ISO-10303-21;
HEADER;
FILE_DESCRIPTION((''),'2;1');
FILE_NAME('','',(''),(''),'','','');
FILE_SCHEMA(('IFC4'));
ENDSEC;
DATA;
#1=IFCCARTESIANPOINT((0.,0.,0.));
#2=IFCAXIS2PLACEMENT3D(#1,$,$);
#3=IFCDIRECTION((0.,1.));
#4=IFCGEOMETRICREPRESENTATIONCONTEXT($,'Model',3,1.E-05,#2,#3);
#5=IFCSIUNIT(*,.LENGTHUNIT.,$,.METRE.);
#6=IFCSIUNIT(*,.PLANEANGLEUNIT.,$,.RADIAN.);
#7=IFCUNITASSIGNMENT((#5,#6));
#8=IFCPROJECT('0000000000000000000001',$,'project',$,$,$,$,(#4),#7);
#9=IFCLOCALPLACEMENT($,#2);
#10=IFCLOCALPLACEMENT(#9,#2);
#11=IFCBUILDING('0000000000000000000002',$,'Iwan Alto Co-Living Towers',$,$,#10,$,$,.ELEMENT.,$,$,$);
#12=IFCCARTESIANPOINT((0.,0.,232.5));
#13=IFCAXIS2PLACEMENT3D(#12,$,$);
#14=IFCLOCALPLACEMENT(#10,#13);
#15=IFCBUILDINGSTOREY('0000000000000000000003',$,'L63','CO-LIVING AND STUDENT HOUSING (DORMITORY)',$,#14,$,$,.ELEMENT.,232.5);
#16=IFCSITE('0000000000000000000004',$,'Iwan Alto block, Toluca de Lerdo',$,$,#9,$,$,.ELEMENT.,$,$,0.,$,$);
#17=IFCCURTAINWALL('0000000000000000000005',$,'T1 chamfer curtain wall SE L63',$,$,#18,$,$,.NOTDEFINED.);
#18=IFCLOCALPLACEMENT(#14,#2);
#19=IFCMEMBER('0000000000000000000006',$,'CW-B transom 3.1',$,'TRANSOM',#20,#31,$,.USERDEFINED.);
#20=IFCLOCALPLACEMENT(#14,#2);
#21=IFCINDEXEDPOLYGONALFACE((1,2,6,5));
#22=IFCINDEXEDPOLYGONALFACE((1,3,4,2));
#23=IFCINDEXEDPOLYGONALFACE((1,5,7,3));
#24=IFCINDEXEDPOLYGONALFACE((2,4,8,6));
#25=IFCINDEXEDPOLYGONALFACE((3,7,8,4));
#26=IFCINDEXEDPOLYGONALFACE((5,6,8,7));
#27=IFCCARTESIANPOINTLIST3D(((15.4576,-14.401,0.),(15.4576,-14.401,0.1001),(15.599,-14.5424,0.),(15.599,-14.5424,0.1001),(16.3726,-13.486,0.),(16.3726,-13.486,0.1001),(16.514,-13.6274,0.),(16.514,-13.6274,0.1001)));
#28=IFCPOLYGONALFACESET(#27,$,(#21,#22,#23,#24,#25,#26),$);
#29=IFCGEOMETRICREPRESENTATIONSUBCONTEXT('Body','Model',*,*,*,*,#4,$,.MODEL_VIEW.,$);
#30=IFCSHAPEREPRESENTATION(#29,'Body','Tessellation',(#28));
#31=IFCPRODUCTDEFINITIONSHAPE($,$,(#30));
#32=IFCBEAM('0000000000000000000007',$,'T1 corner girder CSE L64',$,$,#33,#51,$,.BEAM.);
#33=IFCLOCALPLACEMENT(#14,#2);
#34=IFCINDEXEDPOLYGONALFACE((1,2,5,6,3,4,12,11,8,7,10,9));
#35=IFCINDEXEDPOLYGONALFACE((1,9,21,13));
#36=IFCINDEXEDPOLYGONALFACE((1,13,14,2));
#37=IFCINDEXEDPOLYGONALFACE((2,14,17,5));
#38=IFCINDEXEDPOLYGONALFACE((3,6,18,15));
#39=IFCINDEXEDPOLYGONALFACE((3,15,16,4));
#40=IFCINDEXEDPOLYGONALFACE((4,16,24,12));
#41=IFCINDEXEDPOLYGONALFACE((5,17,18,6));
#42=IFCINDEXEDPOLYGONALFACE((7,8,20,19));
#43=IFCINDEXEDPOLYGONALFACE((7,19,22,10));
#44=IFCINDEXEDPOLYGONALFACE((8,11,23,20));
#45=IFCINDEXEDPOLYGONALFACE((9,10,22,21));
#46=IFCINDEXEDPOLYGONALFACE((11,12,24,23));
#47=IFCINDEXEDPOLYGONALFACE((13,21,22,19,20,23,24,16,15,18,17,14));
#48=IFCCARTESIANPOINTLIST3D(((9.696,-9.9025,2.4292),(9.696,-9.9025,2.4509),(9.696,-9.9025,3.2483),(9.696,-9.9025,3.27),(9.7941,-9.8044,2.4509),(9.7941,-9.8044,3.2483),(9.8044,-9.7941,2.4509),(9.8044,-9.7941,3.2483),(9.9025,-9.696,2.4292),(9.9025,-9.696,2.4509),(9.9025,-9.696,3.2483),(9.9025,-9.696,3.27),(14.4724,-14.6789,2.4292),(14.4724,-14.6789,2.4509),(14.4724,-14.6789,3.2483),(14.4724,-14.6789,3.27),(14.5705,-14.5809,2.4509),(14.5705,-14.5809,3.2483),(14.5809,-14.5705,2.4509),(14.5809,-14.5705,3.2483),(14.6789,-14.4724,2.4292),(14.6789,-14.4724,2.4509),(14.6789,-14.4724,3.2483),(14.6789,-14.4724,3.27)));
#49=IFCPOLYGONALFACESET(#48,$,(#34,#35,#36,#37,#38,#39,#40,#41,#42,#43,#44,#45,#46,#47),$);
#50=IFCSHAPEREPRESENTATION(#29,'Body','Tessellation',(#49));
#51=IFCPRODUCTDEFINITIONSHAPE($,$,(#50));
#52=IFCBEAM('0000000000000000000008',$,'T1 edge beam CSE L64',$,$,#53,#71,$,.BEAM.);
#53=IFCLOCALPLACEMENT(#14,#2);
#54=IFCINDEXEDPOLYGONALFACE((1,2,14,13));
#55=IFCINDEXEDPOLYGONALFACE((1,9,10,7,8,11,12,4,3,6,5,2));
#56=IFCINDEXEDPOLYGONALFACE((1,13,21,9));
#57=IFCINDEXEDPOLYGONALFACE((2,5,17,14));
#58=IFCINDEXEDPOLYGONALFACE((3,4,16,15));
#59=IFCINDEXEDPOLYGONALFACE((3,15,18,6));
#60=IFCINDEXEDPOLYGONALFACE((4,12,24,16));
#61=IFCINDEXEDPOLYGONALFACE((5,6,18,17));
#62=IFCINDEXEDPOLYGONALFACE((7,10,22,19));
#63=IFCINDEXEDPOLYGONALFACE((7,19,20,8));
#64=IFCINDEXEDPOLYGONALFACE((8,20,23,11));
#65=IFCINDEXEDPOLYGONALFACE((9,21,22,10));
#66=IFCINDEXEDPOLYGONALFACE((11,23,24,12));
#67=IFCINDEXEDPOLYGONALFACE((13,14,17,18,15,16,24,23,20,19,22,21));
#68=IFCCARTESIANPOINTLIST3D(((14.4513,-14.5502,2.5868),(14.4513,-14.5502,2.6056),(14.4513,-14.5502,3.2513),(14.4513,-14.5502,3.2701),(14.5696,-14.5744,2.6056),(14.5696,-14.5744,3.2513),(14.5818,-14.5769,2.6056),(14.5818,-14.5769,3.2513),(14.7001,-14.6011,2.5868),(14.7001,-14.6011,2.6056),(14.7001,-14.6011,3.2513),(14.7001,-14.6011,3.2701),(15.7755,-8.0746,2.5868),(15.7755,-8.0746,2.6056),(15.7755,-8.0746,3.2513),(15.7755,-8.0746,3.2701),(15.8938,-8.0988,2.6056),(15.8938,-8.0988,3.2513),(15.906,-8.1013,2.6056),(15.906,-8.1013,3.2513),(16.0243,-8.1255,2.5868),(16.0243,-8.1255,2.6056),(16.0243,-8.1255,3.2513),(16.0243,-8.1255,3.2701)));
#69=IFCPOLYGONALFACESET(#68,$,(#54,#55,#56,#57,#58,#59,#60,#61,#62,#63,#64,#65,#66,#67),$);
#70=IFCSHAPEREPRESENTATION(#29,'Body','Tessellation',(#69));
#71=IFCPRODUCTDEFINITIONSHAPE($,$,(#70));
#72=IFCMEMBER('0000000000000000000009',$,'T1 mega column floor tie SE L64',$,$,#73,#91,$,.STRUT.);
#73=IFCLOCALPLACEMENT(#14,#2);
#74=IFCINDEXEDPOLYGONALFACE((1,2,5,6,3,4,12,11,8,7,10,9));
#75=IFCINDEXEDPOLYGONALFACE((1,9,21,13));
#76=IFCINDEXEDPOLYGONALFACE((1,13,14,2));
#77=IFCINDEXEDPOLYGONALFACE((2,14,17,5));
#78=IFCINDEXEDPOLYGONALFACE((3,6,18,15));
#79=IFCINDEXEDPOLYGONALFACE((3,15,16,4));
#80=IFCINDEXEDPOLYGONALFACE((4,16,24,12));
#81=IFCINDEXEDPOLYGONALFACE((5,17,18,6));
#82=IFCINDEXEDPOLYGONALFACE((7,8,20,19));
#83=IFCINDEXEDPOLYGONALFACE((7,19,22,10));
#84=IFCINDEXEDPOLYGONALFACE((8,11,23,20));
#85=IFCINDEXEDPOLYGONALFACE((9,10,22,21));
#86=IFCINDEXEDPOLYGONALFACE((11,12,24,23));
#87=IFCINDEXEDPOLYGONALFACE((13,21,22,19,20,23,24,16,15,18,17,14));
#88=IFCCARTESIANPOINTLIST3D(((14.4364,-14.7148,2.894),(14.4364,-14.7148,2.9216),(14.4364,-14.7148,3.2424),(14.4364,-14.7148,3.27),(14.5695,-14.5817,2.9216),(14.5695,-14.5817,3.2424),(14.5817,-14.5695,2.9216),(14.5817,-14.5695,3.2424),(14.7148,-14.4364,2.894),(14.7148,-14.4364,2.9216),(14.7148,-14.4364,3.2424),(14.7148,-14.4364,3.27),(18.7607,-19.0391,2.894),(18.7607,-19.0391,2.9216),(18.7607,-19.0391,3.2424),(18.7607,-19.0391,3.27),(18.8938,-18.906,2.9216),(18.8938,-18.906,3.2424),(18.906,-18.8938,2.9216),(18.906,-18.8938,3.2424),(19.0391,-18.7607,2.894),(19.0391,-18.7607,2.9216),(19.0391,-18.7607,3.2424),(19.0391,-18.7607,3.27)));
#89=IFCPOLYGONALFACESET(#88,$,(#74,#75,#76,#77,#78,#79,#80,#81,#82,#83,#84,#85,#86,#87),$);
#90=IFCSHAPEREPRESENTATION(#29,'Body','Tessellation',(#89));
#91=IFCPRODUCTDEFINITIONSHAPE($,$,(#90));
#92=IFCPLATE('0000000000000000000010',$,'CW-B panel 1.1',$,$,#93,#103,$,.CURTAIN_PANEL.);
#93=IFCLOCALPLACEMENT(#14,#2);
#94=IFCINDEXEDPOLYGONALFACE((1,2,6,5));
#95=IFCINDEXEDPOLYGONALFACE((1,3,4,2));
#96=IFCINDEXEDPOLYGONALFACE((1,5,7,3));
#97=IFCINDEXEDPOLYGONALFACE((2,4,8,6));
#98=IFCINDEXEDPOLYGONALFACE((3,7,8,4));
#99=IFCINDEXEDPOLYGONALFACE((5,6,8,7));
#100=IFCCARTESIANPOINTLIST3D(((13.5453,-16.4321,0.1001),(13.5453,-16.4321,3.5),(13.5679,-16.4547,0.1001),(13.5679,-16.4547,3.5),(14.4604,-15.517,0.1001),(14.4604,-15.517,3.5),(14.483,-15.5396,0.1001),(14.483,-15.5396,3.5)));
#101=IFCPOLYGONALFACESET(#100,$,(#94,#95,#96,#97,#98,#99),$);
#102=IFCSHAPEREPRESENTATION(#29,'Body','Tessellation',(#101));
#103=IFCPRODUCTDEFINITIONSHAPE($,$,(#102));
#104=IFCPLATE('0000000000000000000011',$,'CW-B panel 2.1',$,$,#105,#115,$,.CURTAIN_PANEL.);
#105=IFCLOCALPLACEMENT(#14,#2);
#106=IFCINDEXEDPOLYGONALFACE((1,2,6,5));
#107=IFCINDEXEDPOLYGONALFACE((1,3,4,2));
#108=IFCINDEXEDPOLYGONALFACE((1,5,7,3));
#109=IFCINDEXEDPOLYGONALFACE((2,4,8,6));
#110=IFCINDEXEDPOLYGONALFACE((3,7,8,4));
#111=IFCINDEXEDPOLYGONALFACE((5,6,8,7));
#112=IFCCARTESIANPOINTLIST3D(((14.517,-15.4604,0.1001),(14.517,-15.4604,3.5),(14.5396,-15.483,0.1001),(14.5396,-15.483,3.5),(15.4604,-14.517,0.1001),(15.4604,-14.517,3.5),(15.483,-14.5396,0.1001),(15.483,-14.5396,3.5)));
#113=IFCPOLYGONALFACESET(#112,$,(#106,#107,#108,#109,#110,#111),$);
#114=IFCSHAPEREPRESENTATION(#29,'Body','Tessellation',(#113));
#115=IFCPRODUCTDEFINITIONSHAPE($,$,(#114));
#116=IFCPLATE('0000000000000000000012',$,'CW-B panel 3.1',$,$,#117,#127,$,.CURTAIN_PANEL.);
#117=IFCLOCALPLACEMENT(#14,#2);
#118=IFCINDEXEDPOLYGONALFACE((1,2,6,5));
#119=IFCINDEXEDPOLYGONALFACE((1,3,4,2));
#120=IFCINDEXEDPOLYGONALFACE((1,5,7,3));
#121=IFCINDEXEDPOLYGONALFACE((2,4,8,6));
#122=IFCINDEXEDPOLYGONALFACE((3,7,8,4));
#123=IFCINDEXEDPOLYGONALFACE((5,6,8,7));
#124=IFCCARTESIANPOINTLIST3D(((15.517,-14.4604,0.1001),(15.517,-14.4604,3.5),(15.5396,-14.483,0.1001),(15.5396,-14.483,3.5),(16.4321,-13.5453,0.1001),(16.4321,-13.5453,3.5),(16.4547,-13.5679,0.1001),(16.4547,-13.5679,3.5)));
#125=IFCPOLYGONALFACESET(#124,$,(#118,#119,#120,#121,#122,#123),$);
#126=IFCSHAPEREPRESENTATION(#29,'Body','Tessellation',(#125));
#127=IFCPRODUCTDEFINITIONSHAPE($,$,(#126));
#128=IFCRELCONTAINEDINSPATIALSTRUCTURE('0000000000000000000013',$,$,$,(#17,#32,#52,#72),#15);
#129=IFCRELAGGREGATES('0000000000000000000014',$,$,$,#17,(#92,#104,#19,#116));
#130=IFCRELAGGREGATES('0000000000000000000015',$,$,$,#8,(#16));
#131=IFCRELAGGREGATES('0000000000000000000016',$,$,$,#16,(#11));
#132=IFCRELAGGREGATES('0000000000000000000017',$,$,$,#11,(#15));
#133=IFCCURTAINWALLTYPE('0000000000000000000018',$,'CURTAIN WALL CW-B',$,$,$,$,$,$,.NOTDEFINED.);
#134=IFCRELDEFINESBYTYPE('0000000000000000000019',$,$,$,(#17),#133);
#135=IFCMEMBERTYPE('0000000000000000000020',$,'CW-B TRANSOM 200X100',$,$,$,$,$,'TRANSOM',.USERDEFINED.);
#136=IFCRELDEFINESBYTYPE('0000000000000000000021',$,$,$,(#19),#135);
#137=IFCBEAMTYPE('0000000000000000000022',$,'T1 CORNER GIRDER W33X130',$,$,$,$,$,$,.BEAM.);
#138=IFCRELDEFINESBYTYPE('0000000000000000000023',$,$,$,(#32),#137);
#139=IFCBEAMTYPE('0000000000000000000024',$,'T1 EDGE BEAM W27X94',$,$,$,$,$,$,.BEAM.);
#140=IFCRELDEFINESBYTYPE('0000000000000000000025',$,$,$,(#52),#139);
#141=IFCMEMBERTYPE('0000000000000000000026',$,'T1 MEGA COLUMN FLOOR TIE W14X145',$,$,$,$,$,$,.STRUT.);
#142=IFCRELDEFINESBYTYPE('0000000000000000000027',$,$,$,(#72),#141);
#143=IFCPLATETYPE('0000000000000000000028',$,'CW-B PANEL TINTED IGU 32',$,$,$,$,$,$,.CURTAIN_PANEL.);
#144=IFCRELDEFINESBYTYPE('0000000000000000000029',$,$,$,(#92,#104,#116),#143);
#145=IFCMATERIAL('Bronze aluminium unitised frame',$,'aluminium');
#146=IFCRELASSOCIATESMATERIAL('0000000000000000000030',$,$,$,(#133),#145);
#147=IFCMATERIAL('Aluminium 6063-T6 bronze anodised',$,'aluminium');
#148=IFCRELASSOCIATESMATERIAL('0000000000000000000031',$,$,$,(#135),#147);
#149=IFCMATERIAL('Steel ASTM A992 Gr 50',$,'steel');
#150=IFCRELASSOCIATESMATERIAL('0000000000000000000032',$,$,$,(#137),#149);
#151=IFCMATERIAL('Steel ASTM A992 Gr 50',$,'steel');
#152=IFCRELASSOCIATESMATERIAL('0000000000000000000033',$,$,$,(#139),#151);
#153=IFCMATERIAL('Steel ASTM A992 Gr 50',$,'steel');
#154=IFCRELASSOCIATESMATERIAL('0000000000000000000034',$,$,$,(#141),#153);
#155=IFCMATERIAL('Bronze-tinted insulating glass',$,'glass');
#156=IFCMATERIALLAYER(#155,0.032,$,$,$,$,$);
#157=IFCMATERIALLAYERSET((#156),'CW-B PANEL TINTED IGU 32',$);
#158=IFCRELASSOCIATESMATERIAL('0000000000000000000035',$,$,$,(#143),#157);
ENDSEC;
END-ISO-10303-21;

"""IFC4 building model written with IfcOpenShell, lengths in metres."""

from ifc_helpers import new_model, si_unit, direction, frame, origin, origin_2d, place, context, subcontext, project, spatial, rectangle, i_section, extrude, material, layer, layer_set, material_profile, profile_set, type_object, element, aggregate, save


model = new_model("IFC4")

# Units and contexts
model_context = context("Model", 3, precision=1e-05, world=origin(), true_north=direction((0.0, 1.0)))
body_context = subcontext(model_context, "Body", "Model", "MODEL_VIEW")
ifc_project = project(units=[si_unit("LENGTHUNIT", "METRE"), si_unit("PLANEANGLEUNIT", "RADIAN")], contexts=[model_context])

# Site, building, storey
site_placement = place(None, origin())
site = spatial("IfcSite", under=ifc_project, at=site_placement, Name="Iwan Alto block, Toluca de Lerdo", CompositionType="ELEMENT", RefElevation=0.0)
building_placement = place(site_placement, origin())
building = spatial("IfcBuilding", under=site, at=building_placement, Name="Iwan Alto Co-Living Towers", CompositionType="ELEMENT")
storey_placement = place(building_placement, frame((0.0, 0.0, 232.5)))
storey = spatial("IfcBuildingStorey", under=building, at=storey_placement, Name="L63", Description="CO-LIVING AND STUDENT HOUSING (DORMITORY)", CompositionType="ELEMENT", Elevation=232.5)

# Curtain wall, member
ifc_material_1 = material(Name="Bronze aluminium unitised frame", Category="aluminium")
curtain_wall_type_1 = type_object("IfcCurtainWallType", Name="CURTAIN WALL CW-B", PredefinedType="NOTDEFINED", material=ifc_material_1)
curtain_wall_1_placement = place(storey_placement, origin())
curtain_wall_1 = element("IfcCurtainWall", 1, at=curtain_wall_1_placement, inside=storey, type_object=curtain_wall_type_1, Name="T1 chamfer curtain wall SE L63", PredefinedType="NOTDEFINED")
ifc_material_2 = material(Name="Aluminium 6063-T6 bronze anodised", Category="aluminium")
ifc_material_profile_1 = material_profile(ifc_material_2, rectangle(XDim=0.2, YDim=0.1001, at=origin_2d()), Name="AL 200X100")
ifc_profile_set_1 = profile_set([ifc_material_profile_1], Name="Aluminium 6063-T6 bronze anodised")
member_type_1 = type_object("IfcMemberType", Name="CW-B TRANSOM 200X100", ElementType="TRANSOM", PredefinedType="USERDEFINED", material=ifc_profile_set_1)
member_1_placement = place(storey_placement, frame((15.5283, -14.4717, 0.05), z_axis=(0.707107, 0.707107, 0.0), x_axis=(-0.707107, 0.707107, 0.0)))
member_1 = element("IfcMember", 2, at=member_1_placement, type_object=member_type_1, Name="CW-B transom 3.1", ObjectType="TRANSOM", PredefinedType="USERDEFINED", context=body_context, shape_type="SweptSolid", body=[
    extrude(rectangle(XDim=0.2, YDim=0.1001, at=origin_2d()), origin(), (0.0, 0.0, 1.0), 1.2939),
])

# Beams
ifc_material_3 = material(Name="Steel ASTM A992 Gr 50", Category="steel")
ifc_material_profile_2 = material_profile(ifc_material_3, i_section(OverallWidth=0.292, OverallDepth=0.8408, WebThickness=0.0146, FlangeThickness=0.0217, at=origin_2d()), Name="W33X130")
ifc_profile_set_2 = profile_set([ifc_material_profile_2], Name="Steel ASTM A992 Gr 50")
beam_type_1 = type_object("IfcBeamType", Name="T1 CORNER GIRDER W33X130", PredefinedType="BEAM", material=ifc_profile_set_2)
beam_1_placement = place(storey_placement, frame((14.5757, -14.5757, 2.8496), z_axis=(-0.707107, 0.707107, 0.0), x_axis=(-0.707107, -0.707107, 0.0)))
element("IfcBeam", 3, at=beam_1_placement, inside=storey, type_object=beam_type_1, Name="T1 corner girder CSE L64", PredefinedType="BEAM", context=body_context, shape_type="SweptSolid", body=[
    extrude(i_section(OverallWidth=0.292, OverallDepth=0.8408, WebThickness=0.0146, FlangeThickness=0.0217, at=origin_2d()), origin(), (0.0, 0.0, 1.0), 6.7549),
])
ifc_material_4 = material(Name="Steel ASTM A992 Gr 50", Category="steel")
ifc_material_profile_3 = material_profile(ifc_material_4, i_section(OverallWidth=0.2539, OverallDepth=0.6833, WebThickness=0.0125, FlangeThickness=0.0188, at=origin_2d()), Name="W27X94")
ifc_profile_set_3 = profile_set([ifc_material_profile_3], Name="Steel ASTM A992 Gr 50")
beam_type_2 = type_object("IfcBeamType", Name="T1 EDGE BEAM W27X94", PredefinedType="BEAM", material=ifc_profile_set_3)
beam_2_placement = place(storey_placement, frame((14.5757, -14.5757, 2.9285), z_axis=(0.200348, 0.979725, 0.0), x_axis=(-0.979725, 0.200348, 0.0)))
element("IfcBeam", 4, at=beam_2_placement, inside=storey, type_object=beam_type_2, Name="T1 edge beam CSE L64", PredefinedType="BEAM", context=body_context, shape_type="SweptSolid", body=[
    extrude(i_section(OverallWidth=0.2539, OverallDepth=0.6833, WebThickness=0.0125, FlangeThickness=0.0188, at=origin_2d()), origin(), (0.0, 0.0, 1.0), 6.6096),
])

# Member
ifc_material_5 = material(Name="Steel ASTM A992 Gr 50", Category="steel")
ifc_material_profile_4 = material_profile(ifc_material_5, i_section(OverallWidth=0.3938, OverallDepth=0.376, WebThickness=0.0173, FlangeThickness=0.0276, at=origin_2d()), Name="W14X145")
ifc_profile_set_4 = profile_set([ifc_material_profile_4], Name="Steel ASTM A992 Gr 50")
member_type_2 = type_object("IfcMemberType", Name="T1 MEGA COLUMN FLOOR TIE W14X145", PredefinedType="STRUT", material=ifc_profile_set_4)
member_2_placement = place(storey_placement, frame((18.8999, -18.8999, 3.082), z_axis=(-0.707107, 0.707107, 0.0), x_axis=(-0.707107, -0.707107, 0.0)))
element("IfcMember", 5, at=member_2_placement, inside=storey, type_object=member_type_2, Name="T1 mega column floor tie SE L64", PredefinedType="STRUT", context=body_context, shape_type="SweptSolid", body=[
    extrude(i_section(OverallWidth=0.3938, OverallDepth=0.376, WebThickness=0.0173, FlangeThickness=0.0276, at=origin_2d()), origin(), (0.0, 0.0, 1.0), 6.1155),
])

# Plates
ifc_material_6 = material(Name="Bronze-tinted insulating glass", Category="glass")
ifc_layer = layer(ifc_material_6, 0.032)
ifc_layer_set = layer_set([ifc_layer], Name="CW-B PANEL TINTED IGU 32")
plate_type = type_object("IfcPlateType", Name="CW-B PANEL TINTED IGU 32", PredefinedType="CURTAIN_PANEL", material=ifc_layer_set)
plate_1_placement = place(storey_placement, frame((14.0142, -15.9858, 0.1001), z_axis=(0.0, 0.0, 1.0), x_axis=(0.707107, 0.707107, 0.0)))
plate_1 = element("IfcPlate", 6, at=plate_1_placement, type_object=plate_type, Name="CW-B panel 1.1", PredefinedType="CURTAIN_PANEL", context=body_context, shape_type="SweptSolid", body=[
    extrude(rectangle(XDim=1.2942, YDim=0.032, at=origin_2d()), origin(), (0.0, 0.0, 1.0), 3.3999),
])
plate_2_placement = place(storey_placement, frame((15.0, -15.0, 0.1001), z_axis=(0.0, 0.0, 1.0), x_axis=(0.707107, 0.707107, 0.0)))
plate_2 = element("IfcPlate", 7, at=plate_2_placement, type_object=plate_type, Name="CW-B panel 2.1", PredefinedType="CURTAIN_PANEL", context=body_context, shape_type="SweptSolid", body=[
    extrude(rectangle(XDim=1.3342, YDim=0.032, at=origin_2d()), origin(), (0.0, 0.0, 1.0), 3.3999),
])
plate_3_placement = place(storey_placement, frame((15.9858, -14.0142, 0.1001), z_axis=(0.0, 0.0, 1.0), x_axis=(0.707107, 0.707107, 0.0)))
plate_3 = element("IfcPlate", 8, at=plate_3_placement, type_object=plate_type, Name="CW-B panel 3.1", PredefinedType="CURTAIN_PANEL", context=body_context, shape_type="SweptSolid", body=[
    extrude(rectangle(XDim=1.2942, YDim=0.032, at=origin_2d()), origin(), (0.0, 0.0, 1.0), 3.3999),
])
aggregate(curtain_wall_1, [plate_1, plate_2, member_1, plate_3])

save(model, "model.ifc")
